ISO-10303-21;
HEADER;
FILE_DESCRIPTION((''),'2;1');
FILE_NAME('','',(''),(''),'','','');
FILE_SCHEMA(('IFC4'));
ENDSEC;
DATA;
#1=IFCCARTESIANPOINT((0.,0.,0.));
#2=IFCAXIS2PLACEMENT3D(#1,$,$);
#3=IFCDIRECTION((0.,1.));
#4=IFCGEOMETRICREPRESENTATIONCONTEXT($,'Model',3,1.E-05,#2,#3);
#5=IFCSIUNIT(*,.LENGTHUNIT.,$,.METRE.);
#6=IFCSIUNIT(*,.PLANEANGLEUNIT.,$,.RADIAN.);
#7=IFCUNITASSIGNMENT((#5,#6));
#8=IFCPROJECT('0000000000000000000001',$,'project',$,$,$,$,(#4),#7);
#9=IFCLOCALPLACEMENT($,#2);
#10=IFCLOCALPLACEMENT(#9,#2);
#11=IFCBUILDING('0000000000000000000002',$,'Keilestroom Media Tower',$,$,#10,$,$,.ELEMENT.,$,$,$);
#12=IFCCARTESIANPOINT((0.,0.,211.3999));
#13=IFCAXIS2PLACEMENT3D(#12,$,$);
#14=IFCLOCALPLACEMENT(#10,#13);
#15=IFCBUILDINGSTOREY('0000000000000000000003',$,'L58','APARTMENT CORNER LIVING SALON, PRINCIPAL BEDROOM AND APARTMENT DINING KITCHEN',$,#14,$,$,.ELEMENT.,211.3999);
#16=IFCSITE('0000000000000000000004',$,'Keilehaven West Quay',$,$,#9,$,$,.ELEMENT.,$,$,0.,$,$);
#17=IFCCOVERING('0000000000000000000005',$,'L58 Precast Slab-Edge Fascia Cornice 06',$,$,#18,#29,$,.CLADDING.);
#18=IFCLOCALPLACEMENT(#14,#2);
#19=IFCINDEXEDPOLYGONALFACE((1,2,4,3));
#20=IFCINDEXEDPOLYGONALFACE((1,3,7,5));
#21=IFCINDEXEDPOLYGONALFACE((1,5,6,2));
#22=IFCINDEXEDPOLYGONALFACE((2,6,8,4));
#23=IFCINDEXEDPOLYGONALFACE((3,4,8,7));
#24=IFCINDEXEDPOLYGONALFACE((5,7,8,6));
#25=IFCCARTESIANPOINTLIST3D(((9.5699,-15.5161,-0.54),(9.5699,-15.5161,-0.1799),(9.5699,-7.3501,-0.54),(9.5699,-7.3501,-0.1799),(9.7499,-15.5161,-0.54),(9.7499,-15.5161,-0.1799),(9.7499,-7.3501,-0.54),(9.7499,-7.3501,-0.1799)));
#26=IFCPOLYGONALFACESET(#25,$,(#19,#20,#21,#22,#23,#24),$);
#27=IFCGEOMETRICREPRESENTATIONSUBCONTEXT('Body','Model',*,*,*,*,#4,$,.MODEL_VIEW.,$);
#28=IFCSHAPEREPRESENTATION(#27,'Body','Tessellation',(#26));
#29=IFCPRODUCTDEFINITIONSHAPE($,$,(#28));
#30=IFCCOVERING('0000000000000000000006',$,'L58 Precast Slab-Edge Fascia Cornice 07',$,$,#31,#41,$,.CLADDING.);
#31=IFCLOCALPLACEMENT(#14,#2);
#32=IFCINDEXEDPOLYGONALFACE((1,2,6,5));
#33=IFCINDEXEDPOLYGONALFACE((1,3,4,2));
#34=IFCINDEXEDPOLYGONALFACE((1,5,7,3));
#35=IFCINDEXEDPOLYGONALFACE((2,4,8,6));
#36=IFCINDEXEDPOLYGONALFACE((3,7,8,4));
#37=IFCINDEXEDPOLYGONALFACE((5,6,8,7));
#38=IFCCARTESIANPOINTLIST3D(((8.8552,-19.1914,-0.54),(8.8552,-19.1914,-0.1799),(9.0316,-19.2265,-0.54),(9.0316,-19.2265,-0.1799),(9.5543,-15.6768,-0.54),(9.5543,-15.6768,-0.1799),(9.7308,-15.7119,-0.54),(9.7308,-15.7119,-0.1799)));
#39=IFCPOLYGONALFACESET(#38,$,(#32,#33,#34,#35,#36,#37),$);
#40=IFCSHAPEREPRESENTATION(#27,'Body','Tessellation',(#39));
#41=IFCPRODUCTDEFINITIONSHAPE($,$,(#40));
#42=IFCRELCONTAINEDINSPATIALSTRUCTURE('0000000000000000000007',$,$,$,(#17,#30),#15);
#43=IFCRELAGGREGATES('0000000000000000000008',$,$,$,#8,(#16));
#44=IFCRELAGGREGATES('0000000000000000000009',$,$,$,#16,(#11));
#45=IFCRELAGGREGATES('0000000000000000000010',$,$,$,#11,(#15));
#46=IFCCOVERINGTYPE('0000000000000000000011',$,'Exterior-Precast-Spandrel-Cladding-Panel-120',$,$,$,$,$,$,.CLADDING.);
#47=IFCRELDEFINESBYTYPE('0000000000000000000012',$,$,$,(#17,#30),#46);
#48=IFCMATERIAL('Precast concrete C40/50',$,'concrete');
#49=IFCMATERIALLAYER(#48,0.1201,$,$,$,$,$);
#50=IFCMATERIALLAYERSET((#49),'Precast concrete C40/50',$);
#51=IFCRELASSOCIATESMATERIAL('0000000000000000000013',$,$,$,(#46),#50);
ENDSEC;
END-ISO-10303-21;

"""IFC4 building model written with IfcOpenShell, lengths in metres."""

from ifc_helpers import new_model, si_unit, direction, frame, origin, origin_2d, place, context, subcontext, project, spatial, rectangle, extrude, source, transform, mapped, material, layer, layer_set, type_object, element, save


model = new_model("IFC4")

# Units and contexts
model_context = context("Model", 3, precision=1e-05, world=origin(), true_north=direction((0.0, 1.0)))
body_context = subcontext(model_context, "Body", "Model", "MODEL_VIEW")
ifc_project = project(units=[si_unit("LENGTHUNIT", "METRE"), si_unit("PLANEANGLEUNIT", "RADIAN")], contexts=[model_context])

# Site, building, storey
site_placement = place(None, origin())
site = spatial("IfcSite", under=ifc_project, at=site_placement, Name="Keilehaven West Quay", CompositionType="ELEMENT", RefElevation=0.0)
building_placement = place(site_placement, origin())
building = spatial("IfcBuilding", under=site, at=building_placement, Name="Keilestroom Media Tower", CompositionType="ELEMENT")
storey_placement = place(building_placement, frame((0.0, 0.0, 211.3999)))
storey = spatial("IfcBuildingStorey", under=building, at=storey_placement, Name="L58", Description="APARTMENT CORNER LIVING SALON, PRINCIPAL BEDROOM AND APARTMENT DINING KITCHEN", CompositionType="ELEMENT", Elevation=211.3999)

# Shared definitions
ifc_material_1 = material(Name="Precast concrete C40/50", Category="concrete")

# Coverings
ifc_layer_1 = layer(ifc_material_1, 0.1201)
ifc_layer_set_1 = layer_set([ifc_layer_1], Name="Precast concrete C40/50")
covering_type = type_object("IfcCoveringType", Name="Exterior-Precast-Spandrel-Cladding-Panel-120", PredefinedType="CLADDING", material=ifc_layer_set_1)
shared_shape_1 = source(origin(), body_context, "Body", "SweptSolid", [
    extrude(rectangle(XDim=8.166, YDim=0.1799, at=origin_2d()), origin(), (0.0, 0.0, 1.0), 0.3601),
])
covering_1_placement = place(storey_placement, frame((9.6599, -11.4331, -0.54), z_axis=(0.0, 0.0, 1.0), x_axis=(0.0, -1.0, 0.0)))
element("IfcCovering", 1, at=covering_1_placement, inside=storey, type_object=covering_type, Name="L58 Precast Slab-Edge Fascia Cornice 06", PredefinedType="CLADDING", context=body_context, shape_type="MappedRepresentation", body=[
    mapped(shared_shape_1, transform((0.0, 0.0, 0.0), x_axis=(1.0, 0.0, 0.0), y_axis=(0.0, 1.0, 0.0), z_axis=(0.0, 0.0, 1.0), scale=1.0)),
])
shared_shape_2 = source(origin(), body_context, "Body", "SweptSolid", [
    extrude(rectangle(XDim=3.5835, YDim=0.1799, at=origin_2d()), origin(), (0.0, 0.0, 1.0), 0.3601),
])
covering_2_placement = place(storey_placement, frame((9.293, -17.4517, -0.54), z_axis=(0.0, 0.0, 1.0), x_axis=(-0.195099, -0.980784, 0.0)))
element("IfcCovering", 2, at=covering_2_placement, inside=storey, type_object=covering_type, Name="L58 Precast Slab-Edge Fascia Cornice 07", PredefinedType="CLADDING", context=body_context, shape_type="MappedRepresentation", body=[
    mapped(shared_shape_2, transform((0.0, 0.0, 0.0), x_axis=(1.0, 0.0, 0.0), y_axis=(0.0, 1.0, 0.0), z_axis=(0.0, 0.0, 1.0), scale=1.0)),
])

save(model, "model.ifc")
